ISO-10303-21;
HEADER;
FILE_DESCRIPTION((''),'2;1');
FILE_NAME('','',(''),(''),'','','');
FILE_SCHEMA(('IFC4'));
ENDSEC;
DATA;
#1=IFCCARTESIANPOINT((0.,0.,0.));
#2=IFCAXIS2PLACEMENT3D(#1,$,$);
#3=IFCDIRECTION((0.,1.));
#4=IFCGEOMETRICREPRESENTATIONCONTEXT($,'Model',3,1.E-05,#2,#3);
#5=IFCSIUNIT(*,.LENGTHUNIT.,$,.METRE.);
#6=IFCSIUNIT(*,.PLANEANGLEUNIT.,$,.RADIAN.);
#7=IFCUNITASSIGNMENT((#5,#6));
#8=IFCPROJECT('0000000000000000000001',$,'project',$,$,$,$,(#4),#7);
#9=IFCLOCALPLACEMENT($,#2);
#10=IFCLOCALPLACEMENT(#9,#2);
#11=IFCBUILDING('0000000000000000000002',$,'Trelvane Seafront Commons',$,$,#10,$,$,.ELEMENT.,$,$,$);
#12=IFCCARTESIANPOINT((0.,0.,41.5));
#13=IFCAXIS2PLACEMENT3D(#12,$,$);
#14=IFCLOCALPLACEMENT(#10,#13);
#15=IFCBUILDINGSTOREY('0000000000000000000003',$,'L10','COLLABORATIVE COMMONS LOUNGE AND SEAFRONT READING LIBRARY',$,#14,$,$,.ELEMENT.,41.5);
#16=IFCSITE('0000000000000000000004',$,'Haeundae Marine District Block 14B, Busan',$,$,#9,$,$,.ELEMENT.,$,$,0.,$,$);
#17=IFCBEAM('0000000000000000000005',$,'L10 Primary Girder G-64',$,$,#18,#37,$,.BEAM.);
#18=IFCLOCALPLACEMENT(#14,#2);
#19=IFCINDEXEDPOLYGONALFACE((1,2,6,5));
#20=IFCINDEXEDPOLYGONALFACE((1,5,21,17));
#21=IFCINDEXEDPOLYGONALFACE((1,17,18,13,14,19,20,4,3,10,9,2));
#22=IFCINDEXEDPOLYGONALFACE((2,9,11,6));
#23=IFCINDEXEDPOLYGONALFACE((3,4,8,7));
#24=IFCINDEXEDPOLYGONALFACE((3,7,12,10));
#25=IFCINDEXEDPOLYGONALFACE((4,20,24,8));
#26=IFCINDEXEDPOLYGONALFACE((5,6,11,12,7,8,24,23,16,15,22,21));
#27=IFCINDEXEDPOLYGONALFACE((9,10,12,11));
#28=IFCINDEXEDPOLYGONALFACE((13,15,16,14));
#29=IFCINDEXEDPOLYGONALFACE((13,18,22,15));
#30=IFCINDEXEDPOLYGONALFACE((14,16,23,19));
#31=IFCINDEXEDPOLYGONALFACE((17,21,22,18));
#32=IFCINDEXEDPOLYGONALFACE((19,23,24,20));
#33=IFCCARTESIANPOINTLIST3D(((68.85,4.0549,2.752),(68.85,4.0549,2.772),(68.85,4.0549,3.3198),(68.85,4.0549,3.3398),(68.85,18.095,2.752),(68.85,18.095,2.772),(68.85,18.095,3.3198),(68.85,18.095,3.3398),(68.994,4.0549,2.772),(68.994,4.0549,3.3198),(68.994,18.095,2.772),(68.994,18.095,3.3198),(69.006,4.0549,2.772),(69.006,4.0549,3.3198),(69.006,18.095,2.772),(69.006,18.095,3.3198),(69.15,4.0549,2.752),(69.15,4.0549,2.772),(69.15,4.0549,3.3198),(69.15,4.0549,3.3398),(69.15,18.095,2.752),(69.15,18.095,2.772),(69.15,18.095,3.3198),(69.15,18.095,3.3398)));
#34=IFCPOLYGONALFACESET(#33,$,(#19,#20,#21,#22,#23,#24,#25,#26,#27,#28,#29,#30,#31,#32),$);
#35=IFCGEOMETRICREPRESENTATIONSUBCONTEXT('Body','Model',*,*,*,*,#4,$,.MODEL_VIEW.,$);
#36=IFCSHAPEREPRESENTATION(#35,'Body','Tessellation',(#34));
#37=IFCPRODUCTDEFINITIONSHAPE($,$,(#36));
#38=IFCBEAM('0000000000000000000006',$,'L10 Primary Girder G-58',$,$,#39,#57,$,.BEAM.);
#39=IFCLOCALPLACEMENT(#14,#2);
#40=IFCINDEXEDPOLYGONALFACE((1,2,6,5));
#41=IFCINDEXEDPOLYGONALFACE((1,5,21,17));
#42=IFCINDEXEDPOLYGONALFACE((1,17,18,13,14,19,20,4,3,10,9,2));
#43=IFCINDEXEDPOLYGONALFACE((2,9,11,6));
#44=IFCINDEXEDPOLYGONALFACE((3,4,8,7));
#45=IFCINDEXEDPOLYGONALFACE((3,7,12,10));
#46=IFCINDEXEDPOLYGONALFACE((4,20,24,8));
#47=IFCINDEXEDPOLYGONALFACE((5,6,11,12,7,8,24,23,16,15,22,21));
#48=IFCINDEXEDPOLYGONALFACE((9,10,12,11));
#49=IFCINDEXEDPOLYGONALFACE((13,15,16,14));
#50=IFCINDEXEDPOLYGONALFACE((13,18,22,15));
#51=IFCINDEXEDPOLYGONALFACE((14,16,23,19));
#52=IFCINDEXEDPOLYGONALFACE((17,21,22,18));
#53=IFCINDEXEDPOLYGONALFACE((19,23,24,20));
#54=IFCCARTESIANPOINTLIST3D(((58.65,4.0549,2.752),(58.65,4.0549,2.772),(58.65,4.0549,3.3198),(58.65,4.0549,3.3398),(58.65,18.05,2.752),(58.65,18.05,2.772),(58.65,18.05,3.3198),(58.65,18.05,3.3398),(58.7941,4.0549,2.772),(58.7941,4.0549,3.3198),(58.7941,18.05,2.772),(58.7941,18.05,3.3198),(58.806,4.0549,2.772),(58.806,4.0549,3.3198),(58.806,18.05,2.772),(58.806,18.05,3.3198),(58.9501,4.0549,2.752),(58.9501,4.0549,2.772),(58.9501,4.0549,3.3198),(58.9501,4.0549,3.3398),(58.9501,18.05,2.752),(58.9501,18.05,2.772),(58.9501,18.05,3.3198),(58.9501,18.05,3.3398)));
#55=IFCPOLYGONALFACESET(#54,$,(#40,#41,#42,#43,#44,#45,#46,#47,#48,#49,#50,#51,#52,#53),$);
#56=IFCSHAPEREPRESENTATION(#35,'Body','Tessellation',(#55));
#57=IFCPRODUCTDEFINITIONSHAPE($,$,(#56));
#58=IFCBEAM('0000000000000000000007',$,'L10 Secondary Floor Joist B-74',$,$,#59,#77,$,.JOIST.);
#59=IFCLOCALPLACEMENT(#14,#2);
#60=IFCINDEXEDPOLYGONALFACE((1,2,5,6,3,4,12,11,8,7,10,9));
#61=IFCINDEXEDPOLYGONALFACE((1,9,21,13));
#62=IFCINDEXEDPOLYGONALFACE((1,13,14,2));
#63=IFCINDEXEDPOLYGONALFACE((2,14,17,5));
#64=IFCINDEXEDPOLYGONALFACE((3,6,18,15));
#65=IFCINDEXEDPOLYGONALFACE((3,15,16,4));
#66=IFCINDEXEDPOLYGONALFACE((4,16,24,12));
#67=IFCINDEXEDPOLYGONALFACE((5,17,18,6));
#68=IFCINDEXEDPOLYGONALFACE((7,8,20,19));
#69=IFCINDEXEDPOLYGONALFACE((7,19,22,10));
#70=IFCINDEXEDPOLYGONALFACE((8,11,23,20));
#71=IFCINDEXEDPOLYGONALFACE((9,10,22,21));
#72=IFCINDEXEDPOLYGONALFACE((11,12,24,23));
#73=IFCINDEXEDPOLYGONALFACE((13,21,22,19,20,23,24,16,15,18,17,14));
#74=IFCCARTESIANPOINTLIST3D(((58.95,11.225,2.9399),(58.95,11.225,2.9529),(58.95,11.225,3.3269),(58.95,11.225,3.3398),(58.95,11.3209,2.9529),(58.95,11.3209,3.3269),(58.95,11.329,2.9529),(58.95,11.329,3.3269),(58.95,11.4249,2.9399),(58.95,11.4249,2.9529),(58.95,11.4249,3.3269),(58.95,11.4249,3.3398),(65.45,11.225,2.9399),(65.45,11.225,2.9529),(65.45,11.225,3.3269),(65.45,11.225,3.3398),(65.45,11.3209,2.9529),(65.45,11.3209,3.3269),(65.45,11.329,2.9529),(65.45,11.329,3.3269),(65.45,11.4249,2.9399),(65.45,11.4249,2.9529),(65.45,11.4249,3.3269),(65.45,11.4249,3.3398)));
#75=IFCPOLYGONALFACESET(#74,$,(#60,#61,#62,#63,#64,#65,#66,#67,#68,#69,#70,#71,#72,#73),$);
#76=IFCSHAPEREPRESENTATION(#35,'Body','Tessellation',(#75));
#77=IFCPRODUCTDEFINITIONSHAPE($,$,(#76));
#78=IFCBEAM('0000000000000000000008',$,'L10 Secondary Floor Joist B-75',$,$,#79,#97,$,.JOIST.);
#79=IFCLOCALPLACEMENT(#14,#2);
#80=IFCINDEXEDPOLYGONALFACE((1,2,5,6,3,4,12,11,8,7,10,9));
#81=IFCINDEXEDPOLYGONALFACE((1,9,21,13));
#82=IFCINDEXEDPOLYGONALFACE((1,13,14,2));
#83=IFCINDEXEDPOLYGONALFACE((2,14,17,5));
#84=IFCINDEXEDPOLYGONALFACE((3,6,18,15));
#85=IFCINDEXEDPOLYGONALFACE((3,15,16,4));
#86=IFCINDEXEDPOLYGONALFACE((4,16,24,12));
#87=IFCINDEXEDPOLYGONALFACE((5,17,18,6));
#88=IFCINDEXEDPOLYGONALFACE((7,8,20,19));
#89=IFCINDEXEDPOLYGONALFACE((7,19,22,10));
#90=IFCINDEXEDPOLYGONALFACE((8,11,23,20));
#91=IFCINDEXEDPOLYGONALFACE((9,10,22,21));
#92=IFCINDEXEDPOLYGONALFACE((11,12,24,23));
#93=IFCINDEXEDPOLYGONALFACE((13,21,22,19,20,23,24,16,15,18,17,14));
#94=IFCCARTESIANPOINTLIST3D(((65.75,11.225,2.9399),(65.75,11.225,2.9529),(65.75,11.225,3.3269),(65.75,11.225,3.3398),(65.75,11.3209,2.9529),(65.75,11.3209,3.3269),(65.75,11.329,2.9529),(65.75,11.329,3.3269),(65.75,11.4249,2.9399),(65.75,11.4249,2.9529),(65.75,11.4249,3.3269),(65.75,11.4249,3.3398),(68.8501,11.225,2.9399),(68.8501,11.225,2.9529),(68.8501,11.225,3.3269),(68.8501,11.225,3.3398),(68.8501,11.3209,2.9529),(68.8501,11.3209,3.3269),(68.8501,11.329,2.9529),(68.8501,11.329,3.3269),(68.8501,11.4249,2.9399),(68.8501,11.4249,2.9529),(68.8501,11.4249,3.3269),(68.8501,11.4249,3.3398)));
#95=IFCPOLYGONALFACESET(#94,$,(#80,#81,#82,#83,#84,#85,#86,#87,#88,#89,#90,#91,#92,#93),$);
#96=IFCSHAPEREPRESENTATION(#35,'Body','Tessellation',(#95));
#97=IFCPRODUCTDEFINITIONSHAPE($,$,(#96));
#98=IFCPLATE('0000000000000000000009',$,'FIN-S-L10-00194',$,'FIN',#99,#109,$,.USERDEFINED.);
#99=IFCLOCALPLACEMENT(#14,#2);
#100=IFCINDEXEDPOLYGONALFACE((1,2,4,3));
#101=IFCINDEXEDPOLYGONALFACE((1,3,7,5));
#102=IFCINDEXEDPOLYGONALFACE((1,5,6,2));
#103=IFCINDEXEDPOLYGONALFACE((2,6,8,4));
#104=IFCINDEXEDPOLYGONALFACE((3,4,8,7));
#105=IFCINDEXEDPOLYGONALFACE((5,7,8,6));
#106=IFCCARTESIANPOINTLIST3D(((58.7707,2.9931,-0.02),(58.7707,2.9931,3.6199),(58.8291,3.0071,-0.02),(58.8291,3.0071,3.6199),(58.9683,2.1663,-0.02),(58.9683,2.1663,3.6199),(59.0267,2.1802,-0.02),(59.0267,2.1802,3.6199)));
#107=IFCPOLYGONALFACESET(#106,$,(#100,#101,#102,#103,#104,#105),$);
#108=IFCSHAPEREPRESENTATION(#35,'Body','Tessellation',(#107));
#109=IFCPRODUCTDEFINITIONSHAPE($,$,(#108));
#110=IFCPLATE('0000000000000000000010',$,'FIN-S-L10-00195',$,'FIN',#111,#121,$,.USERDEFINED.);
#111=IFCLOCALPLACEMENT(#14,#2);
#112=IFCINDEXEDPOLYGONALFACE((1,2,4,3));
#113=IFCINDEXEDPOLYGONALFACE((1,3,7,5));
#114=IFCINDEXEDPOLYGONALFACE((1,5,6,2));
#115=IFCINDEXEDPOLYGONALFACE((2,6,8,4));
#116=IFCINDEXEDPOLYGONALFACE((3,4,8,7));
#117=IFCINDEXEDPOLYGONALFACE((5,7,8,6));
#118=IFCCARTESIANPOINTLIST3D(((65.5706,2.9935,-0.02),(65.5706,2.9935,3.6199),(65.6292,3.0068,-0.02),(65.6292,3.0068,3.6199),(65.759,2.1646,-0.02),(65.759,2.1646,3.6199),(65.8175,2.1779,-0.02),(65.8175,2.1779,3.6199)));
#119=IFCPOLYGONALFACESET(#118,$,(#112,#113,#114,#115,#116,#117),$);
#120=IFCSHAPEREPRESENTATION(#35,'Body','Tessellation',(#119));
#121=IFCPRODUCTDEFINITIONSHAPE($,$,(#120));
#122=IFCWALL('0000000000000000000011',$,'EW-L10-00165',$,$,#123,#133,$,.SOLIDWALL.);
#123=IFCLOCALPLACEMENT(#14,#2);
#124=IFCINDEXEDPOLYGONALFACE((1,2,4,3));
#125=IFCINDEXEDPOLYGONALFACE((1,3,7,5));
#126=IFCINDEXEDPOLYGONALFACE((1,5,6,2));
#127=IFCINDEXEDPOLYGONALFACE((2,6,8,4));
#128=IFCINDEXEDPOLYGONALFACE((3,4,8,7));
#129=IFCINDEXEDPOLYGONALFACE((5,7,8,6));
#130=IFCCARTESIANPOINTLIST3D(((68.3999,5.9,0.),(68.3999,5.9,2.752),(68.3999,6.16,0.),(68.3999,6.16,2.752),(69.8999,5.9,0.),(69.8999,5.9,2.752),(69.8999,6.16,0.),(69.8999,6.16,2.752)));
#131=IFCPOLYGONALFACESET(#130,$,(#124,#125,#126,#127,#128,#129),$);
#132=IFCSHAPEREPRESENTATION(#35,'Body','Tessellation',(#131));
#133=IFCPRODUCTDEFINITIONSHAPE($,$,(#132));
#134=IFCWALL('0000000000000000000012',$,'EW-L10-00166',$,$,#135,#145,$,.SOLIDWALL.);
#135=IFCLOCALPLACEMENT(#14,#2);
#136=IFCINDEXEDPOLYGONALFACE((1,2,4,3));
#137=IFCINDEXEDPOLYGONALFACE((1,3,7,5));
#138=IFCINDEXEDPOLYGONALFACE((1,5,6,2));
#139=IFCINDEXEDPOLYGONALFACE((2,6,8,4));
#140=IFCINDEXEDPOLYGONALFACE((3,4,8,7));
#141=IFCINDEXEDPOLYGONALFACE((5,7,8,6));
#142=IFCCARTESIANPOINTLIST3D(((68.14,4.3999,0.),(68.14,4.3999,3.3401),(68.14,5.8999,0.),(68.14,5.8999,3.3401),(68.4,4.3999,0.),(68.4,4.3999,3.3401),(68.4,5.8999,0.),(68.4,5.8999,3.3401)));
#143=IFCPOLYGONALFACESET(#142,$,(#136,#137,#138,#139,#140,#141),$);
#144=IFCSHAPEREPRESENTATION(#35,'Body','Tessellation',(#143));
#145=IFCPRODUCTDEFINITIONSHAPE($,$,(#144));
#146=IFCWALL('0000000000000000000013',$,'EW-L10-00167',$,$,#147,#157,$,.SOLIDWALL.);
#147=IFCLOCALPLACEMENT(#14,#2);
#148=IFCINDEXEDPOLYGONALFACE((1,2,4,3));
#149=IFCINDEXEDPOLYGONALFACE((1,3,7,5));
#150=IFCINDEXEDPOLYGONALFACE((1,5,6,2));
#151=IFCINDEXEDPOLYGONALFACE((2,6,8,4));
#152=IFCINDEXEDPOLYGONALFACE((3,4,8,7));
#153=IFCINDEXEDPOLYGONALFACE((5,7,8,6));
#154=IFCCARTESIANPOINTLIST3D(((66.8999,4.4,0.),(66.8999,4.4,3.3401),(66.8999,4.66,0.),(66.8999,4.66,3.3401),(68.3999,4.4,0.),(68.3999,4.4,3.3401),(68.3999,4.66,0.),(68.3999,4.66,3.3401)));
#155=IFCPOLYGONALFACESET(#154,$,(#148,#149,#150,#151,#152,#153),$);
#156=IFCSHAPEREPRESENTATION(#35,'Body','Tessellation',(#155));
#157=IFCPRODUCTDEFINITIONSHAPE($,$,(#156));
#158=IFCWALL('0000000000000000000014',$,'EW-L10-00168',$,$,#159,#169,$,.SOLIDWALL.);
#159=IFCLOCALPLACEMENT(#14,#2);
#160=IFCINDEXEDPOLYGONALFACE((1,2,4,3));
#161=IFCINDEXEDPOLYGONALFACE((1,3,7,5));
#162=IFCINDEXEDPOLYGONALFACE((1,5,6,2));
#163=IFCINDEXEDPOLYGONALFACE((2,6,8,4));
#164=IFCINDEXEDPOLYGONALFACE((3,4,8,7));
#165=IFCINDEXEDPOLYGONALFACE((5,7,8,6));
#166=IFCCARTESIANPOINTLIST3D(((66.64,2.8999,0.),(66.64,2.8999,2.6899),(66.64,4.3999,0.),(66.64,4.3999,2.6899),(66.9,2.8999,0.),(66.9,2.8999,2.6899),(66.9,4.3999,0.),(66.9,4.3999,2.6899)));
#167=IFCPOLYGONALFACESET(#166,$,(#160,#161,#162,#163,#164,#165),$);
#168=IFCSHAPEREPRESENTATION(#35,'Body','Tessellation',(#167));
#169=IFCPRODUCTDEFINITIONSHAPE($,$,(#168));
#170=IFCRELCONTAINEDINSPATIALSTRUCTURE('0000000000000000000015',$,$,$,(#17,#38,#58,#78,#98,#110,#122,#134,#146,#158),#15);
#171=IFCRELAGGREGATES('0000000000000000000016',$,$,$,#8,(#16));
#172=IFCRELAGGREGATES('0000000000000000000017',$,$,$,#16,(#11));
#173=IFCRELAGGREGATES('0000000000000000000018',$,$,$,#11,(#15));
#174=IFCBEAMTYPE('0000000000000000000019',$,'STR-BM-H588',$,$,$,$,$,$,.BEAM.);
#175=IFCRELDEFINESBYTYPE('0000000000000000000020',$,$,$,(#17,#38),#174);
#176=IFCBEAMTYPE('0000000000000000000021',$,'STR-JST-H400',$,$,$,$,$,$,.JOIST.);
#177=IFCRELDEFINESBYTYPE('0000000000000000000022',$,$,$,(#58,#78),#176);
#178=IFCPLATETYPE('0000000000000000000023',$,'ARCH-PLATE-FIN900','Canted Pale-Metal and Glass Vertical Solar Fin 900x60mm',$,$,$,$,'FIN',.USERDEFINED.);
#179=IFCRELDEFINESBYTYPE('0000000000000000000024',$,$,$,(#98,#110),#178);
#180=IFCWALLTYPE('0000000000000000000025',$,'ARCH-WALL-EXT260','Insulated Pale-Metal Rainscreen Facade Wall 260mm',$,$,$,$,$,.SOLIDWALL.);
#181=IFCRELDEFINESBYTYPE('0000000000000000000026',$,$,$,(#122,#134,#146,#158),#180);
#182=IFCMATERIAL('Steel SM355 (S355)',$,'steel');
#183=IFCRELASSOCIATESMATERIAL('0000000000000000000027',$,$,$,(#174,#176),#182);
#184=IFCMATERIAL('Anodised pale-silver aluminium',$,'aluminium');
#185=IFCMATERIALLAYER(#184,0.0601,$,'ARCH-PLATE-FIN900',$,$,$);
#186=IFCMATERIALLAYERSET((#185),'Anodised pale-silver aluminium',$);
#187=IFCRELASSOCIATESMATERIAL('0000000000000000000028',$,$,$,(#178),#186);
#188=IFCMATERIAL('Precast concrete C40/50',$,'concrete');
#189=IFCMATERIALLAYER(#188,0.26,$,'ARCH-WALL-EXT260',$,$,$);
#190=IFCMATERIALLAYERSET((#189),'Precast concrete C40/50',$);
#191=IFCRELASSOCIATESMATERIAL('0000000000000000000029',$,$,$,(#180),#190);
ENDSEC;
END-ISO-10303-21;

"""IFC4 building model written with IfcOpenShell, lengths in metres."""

from ifc_helpers import new_model, si_unit, direction, frame, frame_2d, origin, origin_2d, place, context, subcontext, project, spatial, rectangle, i_section, extrude, source, transform, mapped, material, layer, layer_set, material_profile, profile_set, type_object, element, save


model = new_model("IFC4")

# Units and contexts
model_context = context("Model", 3, precision=1e-05, world=origin(), true_north=direction((0.0, 1.0)))
body_context = subcontext(model_context, "Body", "Model", "MODEL_VIEW")
ifc_project = project(units=[si_unit("LENGTHUNIT", "METRE"), si_unit("PLANEANGLEUNIT", "RADIAN")], contexts=[model_context])

# Site, building, storey
site_placement = place(None, origin())
site = spatial("IfcSite", under=ifc_project, at=site_placement, Name="Haeundae Marine District Block 14B, Busan", CompositionType="ELEMENT", RefElevation=0.0)
building_placement = place(site_placement, origin())
building = spatial("IfcBuilding", under=site, at=building_placement, Name="Trelvane Seafront Commons", CompositionType="ELEMENT")
storey_placement = place(building_placement, frame((0.0, 0.0, 41.5)))
storey = spatial("IfcBuildingStorey", under=building, at=storey_placement, Name="L10", Description="COLLABORATIVE COMMONS LOUNGE AND SEAFRONT READING LIBRARY", CompositionType="ELEMENT", Elevation=41.5)

# Shared definitions
ifc_material_1 = material(Name="Steel SM355 (S355)", Category="steel")

# Beams
ifc_material_profile_1 = material_profile(ifc_material_1, i_section(OverallWidth=0.3, OverallDepth=0.5879, WebThickness=0.012, FlangeThickness=0.02, at=origin_2d()), Name="H-588x300x12x20")
ifc_profile_set_1 = profile_set([ifc_material_profile_1], Name="Steel SM355 (S355)")
beam_type_1 = type_object("IfcBeamType", Name="STR-BM-H588", PredefinedType="BEAM", material=ifc_profile_set_1)
shared_shape_1 = source(origin(), body_context, "Body", "SweptSolid", [
    extrude(i_section(OverallWidth=0.3, OverallDepth=0.5879, WebThickness=0.012, FlangeThickness=0.02, at=origin_2d()), origin(), (0.0, 0.0, 1.0), 14.04),
])
for number, where, z_axis, x_axis, name in (
    (1, (69.0, 4.0549, 3.0459), (0.0, 1.0, 0.0), (-1.0, 0.0, 0.0), "L10 Primary Girder G-64"),
):
    element("IfcBeam", number, at=place(storey_placement, frame(where, z_axis=z_axis, x_axis=x_axis)), inside=storey, type_object=beam_type_1, Name=name, PredefinedType="BEAM", context=body_context, shape_type="MappedRepresentation", body=[
        mapped(shared_shape_1, transform((0.0, 0.0, 0.0), x_axis=(1.0, 0.0, 0.0), y_axis=(0.0, 1.0, 0.0), z_axis=(0.0, 0.0, 1.0), scale=1.0)),
    ])
shared_shape_2 = source(origin(), body_context, "Body", "SweptSolid", [
    extrude(i_section(OverallWidth=0.3, OverallDepth=0.5879, WebThickness=0.012, FlangeThickness=0.02, at=origin_2d()), origin(), (0.0, 0.0, 1.0), 13.9951),
])
beam_1_placement = place(storey_placement, frame((58.8, 4.0549, 3.0459), z_axis=(0.0, 1.0, 0.0), x_axis=(-1.0, 0.0, 0.0)))
element("IfcBeam", 2, at=beam_1_placement, inside=storey, type_object=beam_type_1, Name="L10 Primary Girder G-58", PredefinedType="BEAM", context=body_context, shape_type="MappedRepresentation", body=[
    mapped(shared_shape_2, transform((0.0, 0.0, 0.0), x_axis=(1.0, 0.0, 0.0), y_axis=(0.0, 1.0, 0.0), z_axis=(0.0, 0.0, 1.0), scale=1.0)),
])
ifc_material_profile_2 = material_profile(ifc_material_1, i_section(OverallWidth=0.2, OverallDepth=0.3999, WebThickness=0.0081, FlangeThickness=0.0129, at=origin_2d()), Name="H-400x200x8x13")
ifc_profile_set_2 = profile_set([ifc_material_profile_2], Name="Steel SM355 (S355)")
beam_type_2 = type_object("IfcBeamType", Name="STR-JST-H400", PredefinedType="JOIST", material=ifc_profile_set_2)
shared_shape_3 = source(origin(), body_context, "Body", "SweptSolid", [
    extrude(i_section(OverallWidth=0.2, OverallDepth=0.3999, WebThickness=0.0081, FlangeThickness=0.0129, at=origin_2d()), origin(), (0.0, 0.0, 1.0), 6.5),
])
beam_2_placement = place(storey_placement, frame((58.95, 11.325, 3.1399), z_axis=(1.0, 0.0, 0.0), x_axis=(0.0, 1.0, 0.0)))
element("IfcBeam", 3, at=beam_2_placement, inside=storey, type_object=beam_type_2, Name="L10 Secondary Floor Joist B-74", PredefinedType="JOIST", context=body_context, shape_type="MappedRepresentation", body=[
    mapped(shared_shape_3, transform((0.0, 0.0, 0.0), x_axis=(1.0, 0.0, 0.0), y_axis=(0.0, 1.0, 0.0), z_axis=(0.0, 0.0, 1.0), scale=1.0)),
])
shared_shape_4 = source(origin(), body_context, "Body", "SweptSolid", [
    extrude(i_section(OverallWidth=0.2, OverallDepth=0.3999, WebThickness=0.0081, FlangeThickness=0.0129, at=origin_2d()), origin(), (0.0, 0.0, 1.0), 3.1001),
])
beam_3_placement = place(storey_placement, frame((65.75, 11.325, 3.1399), z_axis=(1.0, 0.0, 0.0), x_axis=(0.0, 1.0, 0.0)))
element("IfcBeam", 4, at=beam_3_placement, inside=storey, type_object=beam_type_2, Name="L10 Secondary Floor Joist B-75", PredefinedType="JOIST", context=body_context, shape_type="MappedRepresentation", body=[
    mapped(shared_shape_4, transform((0.0, 0.0, 0.0), x_axis=(1.0, 0.0, 0.0), y_axis=(0.0, 1.0, 0.0), z_axis=(0.0, 0.0, 1.0), scale=1.0)),
])

# Plates
ifc_material_2 = material(Name="Anodised pale-silver aluminium", Category="aluminium")
ifc_layer_1 = layer(ifc_material_2, 0.0601, Name="ARCH-PLATE-FIN900")
ifc_layer_set_1 = layer_set([ifc_layer_1], Name="Anodised pale-silver aluminium")
plate_type = type_object("IfcPlateType", Name="ARCH-PLATE-FIN900", Description="Canted Pale-Metal and Glass Vertical Solar Fin 900x60mm", ElementType="FIN", PredefinedType="USERDEFINED", material=ifc_layer_set_1)
shared_shape_5 = source(origin(), body_context, "Body", "SweptSolid", [
    extrude(rectangle(XDim=0.8501, YDim=0.0601, at=origin_2d()), origin(), (0.0, 0.0, 1.0), 3.6399),
])
for number, where, z_axis, x_axis, name in (
    (5, (58.8987, 2.5867, -0.02), (0.0, 0.0, 1.0), (0.232475, -0.972602, 0.0), "FIN-S-L10-00194"),
    (6, (65.6941, 2.5857, -0.02), (0.0, 0.0, 1.0), (0.221525, -0.975155, 0.0), "FIN-S-L10-00195"),
):
    element("IfcPlate", number, at=place(storey_placement, frame(where, z_axis=z_axis, x_axis=x_axis)), inside=storey, type_object=plate_type, Name=name, ObjectType="FIN", PredefinedType="USERDEFINED", context=body_context, shape_type="MappedRepresentation", body=[
        mapped(shared_shape_5, transform((0.0, 0.0, 0.0), x_axis=(1.0, 0.0, 0.0), y_axis=(0.0, 1.0, 0.0), z_axis=(0.0, 0.0, 1.0), scale=1.0)),
    ])

# Walls
ifc_material_3 = material(Name="Precast concrete C40/50", Category="concrete")
ifc_layer_2 = layer(ifc_material_3, 0.26, Name="ARCH-WALL-EXT260")
ifc_layer_set_2 = layer_set([ifc_layer_2], Name="Precast concrete C40/50")
wall_type_1 = type_object("IfcWallType", Name="ARCH-WALL-EXT260", Description="Insulated Pale-Metal Rainscreen Facade Wall 260mm", PredefinedType="SOLIDWALL", material=ifc_layer_set_2)
wall_1_placement = place(storey_placement, frame((69.8999, 6.03, 0.0), z_axis=(0.0, 0.0, 1.0), x_axis=(-1.0, 0.0, 0.0)))
element("IfcWall", 7, at=wall_1_placement, inside=storey, type_object=wall_type_1, Name="EW-L10-00165", PredefinedType="SOLIDWALL", context=body_context, shape_type="SweptSolid", body=[
    extrude(rectangle(XDim=1.5, YDim=0.26, at=frame_2d((0.75, 0.0))), origin(), (0.0, 0.0, 1.0), 2.752),
])
for number, where, z_axis, x_axis, name in (
    (8, (68.27, 5.8999, 0.0), (0.0, 0.0, 1.0), (0.0, -1.0, 0.0), "EW-L10-00166"),
    (9, (68.3999, 4.53, 0.0), (0.0, 0.0, 1.0), (-1.0, 0.0, 0.0), "EW-L10-00167"),
):
    element("IfcWall", number, at=place(storey_placement, frame(where, z_axis=z_axis, x_axis=x_axis)), inside=storey, type_object=wall_type_1, Name=name, PredefinedType="SOLIDWALL", context=body_context, shape_type="SweptSolid", body=[
        extrude(rectangle(XDim=1.5, YDim=0.26, at=frame_2d((0.75, 0.0))), origin(), (0.0, 0.0, 1.0), 3.3401),
    ])
wall_2_placement = place(storey_placement, frame((66.77, 4.3999, 0.0), z_axis=(0.0, 0.0, 1.0), x_axis=(0.0, -1.0, 0.0)))
element("IfcWall", 10, at=wall_2_placement, inside=storey, type_object=wall_type_1, Name="EW-L10-00168", PredefinedType="SOLIDWALL", context=body_context, shape_type="SweptSolid", body=[
    extrude(rectangle(XDim=1.5, YDim=0.26, at=frame_2d((0.75, 0.0))), origin(), (0.0, 0.0, 1.0), 2.6899),
])

save(model, "model.ifc")
